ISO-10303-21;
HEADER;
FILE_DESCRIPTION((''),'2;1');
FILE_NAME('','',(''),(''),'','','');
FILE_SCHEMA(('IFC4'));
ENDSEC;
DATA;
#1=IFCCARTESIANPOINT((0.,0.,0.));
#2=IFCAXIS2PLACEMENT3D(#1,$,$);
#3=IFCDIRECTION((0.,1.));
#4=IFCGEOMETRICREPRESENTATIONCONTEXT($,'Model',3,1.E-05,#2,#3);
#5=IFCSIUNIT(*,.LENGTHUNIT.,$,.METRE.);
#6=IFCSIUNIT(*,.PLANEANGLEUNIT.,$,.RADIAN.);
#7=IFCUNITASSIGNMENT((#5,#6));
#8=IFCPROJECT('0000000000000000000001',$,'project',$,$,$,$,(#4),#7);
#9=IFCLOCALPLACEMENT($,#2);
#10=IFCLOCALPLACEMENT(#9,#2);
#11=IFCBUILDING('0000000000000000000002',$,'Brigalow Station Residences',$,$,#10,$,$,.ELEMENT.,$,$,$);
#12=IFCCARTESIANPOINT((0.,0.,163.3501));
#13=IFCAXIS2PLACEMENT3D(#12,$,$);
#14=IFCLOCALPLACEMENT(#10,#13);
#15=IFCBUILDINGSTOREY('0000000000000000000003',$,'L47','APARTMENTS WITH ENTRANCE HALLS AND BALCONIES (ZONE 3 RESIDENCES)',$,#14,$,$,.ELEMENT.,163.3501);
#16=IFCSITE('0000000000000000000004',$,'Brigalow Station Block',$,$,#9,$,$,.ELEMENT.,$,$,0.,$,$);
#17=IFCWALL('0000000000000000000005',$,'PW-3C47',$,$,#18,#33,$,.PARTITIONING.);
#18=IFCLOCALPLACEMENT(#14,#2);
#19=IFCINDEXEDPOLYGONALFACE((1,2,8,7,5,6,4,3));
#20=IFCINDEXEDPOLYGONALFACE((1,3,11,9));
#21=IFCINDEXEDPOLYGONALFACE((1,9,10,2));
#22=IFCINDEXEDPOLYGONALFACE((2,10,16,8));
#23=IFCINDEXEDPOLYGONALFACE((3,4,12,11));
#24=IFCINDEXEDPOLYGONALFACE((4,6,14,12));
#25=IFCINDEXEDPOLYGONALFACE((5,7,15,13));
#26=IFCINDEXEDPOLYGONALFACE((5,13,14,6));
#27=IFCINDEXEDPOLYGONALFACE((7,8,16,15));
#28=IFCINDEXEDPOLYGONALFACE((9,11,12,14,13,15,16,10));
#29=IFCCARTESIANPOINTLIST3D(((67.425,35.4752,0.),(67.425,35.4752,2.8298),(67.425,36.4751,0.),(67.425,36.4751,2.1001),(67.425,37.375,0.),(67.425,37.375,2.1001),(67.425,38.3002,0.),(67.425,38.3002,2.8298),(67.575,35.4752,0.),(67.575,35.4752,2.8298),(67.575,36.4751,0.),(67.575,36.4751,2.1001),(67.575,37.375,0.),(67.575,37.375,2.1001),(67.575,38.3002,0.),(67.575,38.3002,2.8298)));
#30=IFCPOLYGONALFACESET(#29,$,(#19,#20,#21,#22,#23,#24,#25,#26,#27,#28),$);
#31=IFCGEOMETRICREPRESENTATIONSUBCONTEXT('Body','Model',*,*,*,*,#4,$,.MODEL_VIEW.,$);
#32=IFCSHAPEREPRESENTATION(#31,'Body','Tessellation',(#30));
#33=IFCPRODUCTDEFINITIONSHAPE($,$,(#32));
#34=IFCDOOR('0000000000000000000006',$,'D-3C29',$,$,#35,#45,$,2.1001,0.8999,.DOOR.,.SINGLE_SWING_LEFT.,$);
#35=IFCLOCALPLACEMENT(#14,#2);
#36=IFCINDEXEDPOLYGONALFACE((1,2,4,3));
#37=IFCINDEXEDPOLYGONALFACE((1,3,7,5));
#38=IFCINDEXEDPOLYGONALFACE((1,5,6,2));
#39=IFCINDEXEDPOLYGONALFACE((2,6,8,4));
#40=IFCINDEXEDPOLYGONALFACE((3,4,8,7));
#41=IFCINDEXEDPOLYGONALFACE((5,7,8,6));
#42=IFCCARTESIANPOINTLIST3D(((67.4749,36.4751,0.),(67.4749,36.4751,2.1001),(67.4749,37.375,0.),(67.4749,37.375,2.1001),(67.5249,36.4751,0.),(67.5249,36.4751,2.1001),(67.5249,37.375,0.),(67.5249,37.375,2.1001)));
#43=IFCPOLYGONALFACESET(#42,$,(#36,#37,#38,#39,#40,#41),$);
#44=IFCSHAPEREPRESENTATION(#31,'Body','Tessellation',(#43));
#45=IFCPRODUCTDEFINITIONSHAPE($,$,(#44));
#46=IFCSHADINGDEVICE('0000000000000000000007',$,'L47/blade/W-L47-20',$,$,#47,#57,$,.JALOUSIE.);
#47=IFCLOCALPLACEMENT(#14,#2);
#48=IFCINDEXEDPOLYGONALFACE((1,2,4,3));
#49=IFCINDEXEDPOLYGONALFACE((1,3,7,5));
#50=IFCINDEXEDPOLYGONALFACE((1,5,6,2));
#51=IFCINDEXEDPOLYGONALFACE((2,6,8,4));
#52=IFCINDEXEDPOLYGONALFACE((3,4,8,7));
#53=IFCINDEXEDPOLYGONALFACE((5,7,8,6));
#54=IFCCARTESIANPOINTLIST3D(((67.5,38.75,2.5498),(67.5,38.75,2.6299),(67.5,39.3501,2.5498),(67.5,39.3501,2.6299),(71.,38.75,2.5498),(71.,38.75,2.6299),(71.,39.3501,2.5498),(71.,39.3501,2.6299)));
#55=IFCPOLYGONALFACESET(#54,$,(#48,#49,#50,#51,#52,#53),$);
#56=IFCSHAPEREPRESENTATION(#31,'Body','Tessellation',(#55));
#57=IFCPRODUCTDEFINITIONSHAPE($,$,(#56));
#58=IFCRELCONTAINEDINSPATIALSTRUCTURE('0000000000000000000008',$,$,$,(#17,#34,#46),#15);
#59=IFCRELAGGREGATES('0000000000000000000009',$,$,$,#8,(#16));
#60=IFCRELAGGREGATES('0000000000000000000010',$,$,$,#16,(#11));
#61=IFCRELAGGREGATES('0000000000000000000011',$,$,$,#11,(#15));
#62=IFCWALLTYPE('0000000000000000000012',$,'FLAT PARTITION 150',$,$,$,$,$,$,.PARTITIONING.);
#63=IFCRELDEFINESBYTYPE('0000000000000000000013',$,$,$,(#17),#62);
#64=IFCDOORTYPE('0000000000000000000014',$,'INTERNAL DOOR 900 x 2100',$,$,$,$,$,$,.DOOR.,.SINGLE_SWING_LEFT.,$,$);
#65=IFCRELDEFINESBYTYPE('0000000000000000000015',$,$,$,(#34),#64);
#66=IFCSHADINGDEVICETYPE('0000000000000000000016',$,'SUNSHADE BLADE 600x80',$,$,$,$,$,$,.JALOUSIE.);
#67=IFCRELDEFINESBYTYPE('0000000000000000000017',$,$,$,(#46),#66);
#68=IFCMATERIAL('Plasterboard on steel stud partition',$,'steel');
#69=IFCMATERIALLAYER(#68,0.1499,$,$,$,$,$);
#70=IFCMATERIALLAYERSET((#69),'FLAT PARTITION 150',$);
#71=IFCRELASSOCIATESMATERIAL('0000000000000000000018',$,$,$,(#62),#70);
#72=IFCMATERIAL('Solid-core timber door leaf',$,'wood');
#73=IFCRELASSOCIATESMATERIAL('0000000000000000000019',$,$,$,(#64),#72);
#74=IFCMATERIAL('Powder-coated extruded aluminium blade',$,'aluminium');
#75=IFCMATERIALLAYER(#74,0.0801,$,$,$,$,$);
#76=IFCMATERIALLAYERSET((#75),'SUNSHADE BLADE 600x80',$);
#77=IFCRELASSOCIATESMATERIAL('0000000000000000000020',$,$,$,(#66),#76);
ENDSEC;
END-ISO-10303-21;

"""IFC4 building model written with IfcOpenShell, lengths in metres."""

from ifc_helpers import new_model, si_unit, direction, frame, frame_2d, origin, origin_2d, place, context, subcontext, project, spatial, rectangle, extrude, material, layer, layer_set, type_object, element, fill, save


model = new_model("IFC4")

# Units and contexts
model_context = context("Model", 3, precision=1e-05, world=origin(), true_north=direction((0.0, 1.0)))
body_context = subcontext(model_context, "Body", "Model", "MODEL_VIEW")
ifc_project = project(units=[si_unit("LENGTHUNIT", "METRE"), si_unit("PLANEANGLEUNIT", "RADIAN")], contexts=[model_context])

# Site, building, storey
site_placement = place(None, origin())
site = spatial("IfcSite", under=ifc_project, at=site_placement, Name="Brigalow Station Block", CompositionType="ELEMENT", RefElevation=0.0)
building_placement = place(site_placement, origin())
building = spatial("IfcBuilding", under=site, at=building_placement, Name="Brigalow Station Residences", CompositionType="ELEMENT")
storey_placement = place(building_placement, frame((0.0, 0.0, 163.3501)))
storey = spatial("IfcBuildingStorey", under=building, at=storey_placement, Name="L47", Description="APARTMENTS WITH ENTRANCE HALLS AND BALCONIES (ZONE 3 RESIDENCES)", CompositionType="ELEMENT", Elevation=163.3501)

# Wall, opening, door
ifc_material_1 = material(Name="Plasterboard on steel stud partition", Category="steel")
ifc_layer_1 = layer(ifc_material_1, 0.1499)
ifc_layer_set_1 = layer_set([ifc_layer_1], Name="FLAT PARTITION 150")
wall_type_1 = type_object("IfcWallType", Name="FLAT PARTITION 150", PredefinedType="PARTITIONING", material=ifc_layer_set_1)
wall_1_placement = place(storey_placement, frame((67.5, 35.4751, 0.0), z_axis=(0.0, 0.0, 1.0), x_axis=(0.0, 1.0, 0.0)))
wall_1 = element("IfcWall", 1, at=wall_1_placement, inside=storey, type_object=wall_type_1, Name="PW-3C47", PredefinedType="PARTITIONING", context=body_context, shape_type="SweptSolid", body=[
    extrude(rectangle(XDim=2.825, YDim=0.1499, at=frame_2d((1.4126, 0.0))), origin(), (0.0, 0.0, 1.0), 2.8298),
])
opening_1_placement = place(wall_1_placement, frame((1.0, 0.0, 0.0)))
opening_1 = element("IfcOpeningElement", 2, at=opening_1_placement, cuts=wall_1, PredefinedType="OPENING", context=body_context, shape_type="SweptSolid", body=[
    extrude(rectangle(XDim=0.8999, YDim=2.1001, at=frame_2d((0.45, 1.05))), frame((0.0, 0.085, 0.0), z_axis=(0.0, -1.0, 0.0), x_axis=(1.0, 0.0, 0.0)), (0.0, 0.0, 1.0), 0.1699),
])
ifc_material_2 = material(Name="Solid-core timber door leaf", Category="wood")
door_type = type_object("IfcDoorType", Name="INTERNAL DOOR 900 x 2100", OperationType="SINGLE_SWING_LEFT", PredefinedType="DOOR", material=ifc_material_2)
door_placement = place(opening_1_placement, frame((0.8999, 0.0, 0.0), z_axis=(0.0, 0.0, 1.0), x_axis=(-1.0, 0.0, 0.0)))
door = element("IfcDoor", 3, at=door_placement, inside=storey, type_object=door_type, Name="D-3C29", OperationType="SINGLE_SWING_LEFT", OverallHeight=2.1001, OverallWidth=0.8999, PredefinedType="DOOR", context=body_context, shape_type="SweptSolid", body=[
    extrude(rectangle(XDim=0.8999, YDim=2.1001, at=frame_2d((0.45, 1.05))), frame((0.0, 0.0249, 0.0), z_axis=(0.0, -1.0, 0.0), x_axis=(1.0, 0.0, 0.0)), (0.0, 0.0, 1.0), 0.05),
])
fill(opening_1, door)

# Shading device
ifc_material_3 = material(Name="Powder-coated extruded aluminium blade", Category="aluminium")
ifc_layer_2 = layer(ifc_material_3, 0.0801)
ifc_layer_set_2 = layer_set([ifc_layer_2], Name="SUNSHADE BLADE 600x80")
shading_device_type = type_object("IfcShadingDeviceType", Name="SUNSHADE BLADE 600x80", PredefinedType="JALOUSIE", material=ifc_layer_set_2)
shading_device_placement = place(storey_placement, frame((69.25, 39.05, 2.5498), z_axis=(0.0, 0.0, 1.0), x_axis=(-1.0, 0.0, 0.0)))
element("IfcShadingDevice", 4, at=shading_device_placement, inside=storey, type_object=shading_device_type, Name="L47/blade/W-L47-20", PredefinedType="JALOUSIE", context=body_context, shape_type="SweptSolid", body=[
    extrude(rectangle(XDim=3.5, YDim=0.6001, at=origin_2d()), origin(), (0.0, 0.0, 1.0), 0.0801),
])

save(model, "model.ifc")
